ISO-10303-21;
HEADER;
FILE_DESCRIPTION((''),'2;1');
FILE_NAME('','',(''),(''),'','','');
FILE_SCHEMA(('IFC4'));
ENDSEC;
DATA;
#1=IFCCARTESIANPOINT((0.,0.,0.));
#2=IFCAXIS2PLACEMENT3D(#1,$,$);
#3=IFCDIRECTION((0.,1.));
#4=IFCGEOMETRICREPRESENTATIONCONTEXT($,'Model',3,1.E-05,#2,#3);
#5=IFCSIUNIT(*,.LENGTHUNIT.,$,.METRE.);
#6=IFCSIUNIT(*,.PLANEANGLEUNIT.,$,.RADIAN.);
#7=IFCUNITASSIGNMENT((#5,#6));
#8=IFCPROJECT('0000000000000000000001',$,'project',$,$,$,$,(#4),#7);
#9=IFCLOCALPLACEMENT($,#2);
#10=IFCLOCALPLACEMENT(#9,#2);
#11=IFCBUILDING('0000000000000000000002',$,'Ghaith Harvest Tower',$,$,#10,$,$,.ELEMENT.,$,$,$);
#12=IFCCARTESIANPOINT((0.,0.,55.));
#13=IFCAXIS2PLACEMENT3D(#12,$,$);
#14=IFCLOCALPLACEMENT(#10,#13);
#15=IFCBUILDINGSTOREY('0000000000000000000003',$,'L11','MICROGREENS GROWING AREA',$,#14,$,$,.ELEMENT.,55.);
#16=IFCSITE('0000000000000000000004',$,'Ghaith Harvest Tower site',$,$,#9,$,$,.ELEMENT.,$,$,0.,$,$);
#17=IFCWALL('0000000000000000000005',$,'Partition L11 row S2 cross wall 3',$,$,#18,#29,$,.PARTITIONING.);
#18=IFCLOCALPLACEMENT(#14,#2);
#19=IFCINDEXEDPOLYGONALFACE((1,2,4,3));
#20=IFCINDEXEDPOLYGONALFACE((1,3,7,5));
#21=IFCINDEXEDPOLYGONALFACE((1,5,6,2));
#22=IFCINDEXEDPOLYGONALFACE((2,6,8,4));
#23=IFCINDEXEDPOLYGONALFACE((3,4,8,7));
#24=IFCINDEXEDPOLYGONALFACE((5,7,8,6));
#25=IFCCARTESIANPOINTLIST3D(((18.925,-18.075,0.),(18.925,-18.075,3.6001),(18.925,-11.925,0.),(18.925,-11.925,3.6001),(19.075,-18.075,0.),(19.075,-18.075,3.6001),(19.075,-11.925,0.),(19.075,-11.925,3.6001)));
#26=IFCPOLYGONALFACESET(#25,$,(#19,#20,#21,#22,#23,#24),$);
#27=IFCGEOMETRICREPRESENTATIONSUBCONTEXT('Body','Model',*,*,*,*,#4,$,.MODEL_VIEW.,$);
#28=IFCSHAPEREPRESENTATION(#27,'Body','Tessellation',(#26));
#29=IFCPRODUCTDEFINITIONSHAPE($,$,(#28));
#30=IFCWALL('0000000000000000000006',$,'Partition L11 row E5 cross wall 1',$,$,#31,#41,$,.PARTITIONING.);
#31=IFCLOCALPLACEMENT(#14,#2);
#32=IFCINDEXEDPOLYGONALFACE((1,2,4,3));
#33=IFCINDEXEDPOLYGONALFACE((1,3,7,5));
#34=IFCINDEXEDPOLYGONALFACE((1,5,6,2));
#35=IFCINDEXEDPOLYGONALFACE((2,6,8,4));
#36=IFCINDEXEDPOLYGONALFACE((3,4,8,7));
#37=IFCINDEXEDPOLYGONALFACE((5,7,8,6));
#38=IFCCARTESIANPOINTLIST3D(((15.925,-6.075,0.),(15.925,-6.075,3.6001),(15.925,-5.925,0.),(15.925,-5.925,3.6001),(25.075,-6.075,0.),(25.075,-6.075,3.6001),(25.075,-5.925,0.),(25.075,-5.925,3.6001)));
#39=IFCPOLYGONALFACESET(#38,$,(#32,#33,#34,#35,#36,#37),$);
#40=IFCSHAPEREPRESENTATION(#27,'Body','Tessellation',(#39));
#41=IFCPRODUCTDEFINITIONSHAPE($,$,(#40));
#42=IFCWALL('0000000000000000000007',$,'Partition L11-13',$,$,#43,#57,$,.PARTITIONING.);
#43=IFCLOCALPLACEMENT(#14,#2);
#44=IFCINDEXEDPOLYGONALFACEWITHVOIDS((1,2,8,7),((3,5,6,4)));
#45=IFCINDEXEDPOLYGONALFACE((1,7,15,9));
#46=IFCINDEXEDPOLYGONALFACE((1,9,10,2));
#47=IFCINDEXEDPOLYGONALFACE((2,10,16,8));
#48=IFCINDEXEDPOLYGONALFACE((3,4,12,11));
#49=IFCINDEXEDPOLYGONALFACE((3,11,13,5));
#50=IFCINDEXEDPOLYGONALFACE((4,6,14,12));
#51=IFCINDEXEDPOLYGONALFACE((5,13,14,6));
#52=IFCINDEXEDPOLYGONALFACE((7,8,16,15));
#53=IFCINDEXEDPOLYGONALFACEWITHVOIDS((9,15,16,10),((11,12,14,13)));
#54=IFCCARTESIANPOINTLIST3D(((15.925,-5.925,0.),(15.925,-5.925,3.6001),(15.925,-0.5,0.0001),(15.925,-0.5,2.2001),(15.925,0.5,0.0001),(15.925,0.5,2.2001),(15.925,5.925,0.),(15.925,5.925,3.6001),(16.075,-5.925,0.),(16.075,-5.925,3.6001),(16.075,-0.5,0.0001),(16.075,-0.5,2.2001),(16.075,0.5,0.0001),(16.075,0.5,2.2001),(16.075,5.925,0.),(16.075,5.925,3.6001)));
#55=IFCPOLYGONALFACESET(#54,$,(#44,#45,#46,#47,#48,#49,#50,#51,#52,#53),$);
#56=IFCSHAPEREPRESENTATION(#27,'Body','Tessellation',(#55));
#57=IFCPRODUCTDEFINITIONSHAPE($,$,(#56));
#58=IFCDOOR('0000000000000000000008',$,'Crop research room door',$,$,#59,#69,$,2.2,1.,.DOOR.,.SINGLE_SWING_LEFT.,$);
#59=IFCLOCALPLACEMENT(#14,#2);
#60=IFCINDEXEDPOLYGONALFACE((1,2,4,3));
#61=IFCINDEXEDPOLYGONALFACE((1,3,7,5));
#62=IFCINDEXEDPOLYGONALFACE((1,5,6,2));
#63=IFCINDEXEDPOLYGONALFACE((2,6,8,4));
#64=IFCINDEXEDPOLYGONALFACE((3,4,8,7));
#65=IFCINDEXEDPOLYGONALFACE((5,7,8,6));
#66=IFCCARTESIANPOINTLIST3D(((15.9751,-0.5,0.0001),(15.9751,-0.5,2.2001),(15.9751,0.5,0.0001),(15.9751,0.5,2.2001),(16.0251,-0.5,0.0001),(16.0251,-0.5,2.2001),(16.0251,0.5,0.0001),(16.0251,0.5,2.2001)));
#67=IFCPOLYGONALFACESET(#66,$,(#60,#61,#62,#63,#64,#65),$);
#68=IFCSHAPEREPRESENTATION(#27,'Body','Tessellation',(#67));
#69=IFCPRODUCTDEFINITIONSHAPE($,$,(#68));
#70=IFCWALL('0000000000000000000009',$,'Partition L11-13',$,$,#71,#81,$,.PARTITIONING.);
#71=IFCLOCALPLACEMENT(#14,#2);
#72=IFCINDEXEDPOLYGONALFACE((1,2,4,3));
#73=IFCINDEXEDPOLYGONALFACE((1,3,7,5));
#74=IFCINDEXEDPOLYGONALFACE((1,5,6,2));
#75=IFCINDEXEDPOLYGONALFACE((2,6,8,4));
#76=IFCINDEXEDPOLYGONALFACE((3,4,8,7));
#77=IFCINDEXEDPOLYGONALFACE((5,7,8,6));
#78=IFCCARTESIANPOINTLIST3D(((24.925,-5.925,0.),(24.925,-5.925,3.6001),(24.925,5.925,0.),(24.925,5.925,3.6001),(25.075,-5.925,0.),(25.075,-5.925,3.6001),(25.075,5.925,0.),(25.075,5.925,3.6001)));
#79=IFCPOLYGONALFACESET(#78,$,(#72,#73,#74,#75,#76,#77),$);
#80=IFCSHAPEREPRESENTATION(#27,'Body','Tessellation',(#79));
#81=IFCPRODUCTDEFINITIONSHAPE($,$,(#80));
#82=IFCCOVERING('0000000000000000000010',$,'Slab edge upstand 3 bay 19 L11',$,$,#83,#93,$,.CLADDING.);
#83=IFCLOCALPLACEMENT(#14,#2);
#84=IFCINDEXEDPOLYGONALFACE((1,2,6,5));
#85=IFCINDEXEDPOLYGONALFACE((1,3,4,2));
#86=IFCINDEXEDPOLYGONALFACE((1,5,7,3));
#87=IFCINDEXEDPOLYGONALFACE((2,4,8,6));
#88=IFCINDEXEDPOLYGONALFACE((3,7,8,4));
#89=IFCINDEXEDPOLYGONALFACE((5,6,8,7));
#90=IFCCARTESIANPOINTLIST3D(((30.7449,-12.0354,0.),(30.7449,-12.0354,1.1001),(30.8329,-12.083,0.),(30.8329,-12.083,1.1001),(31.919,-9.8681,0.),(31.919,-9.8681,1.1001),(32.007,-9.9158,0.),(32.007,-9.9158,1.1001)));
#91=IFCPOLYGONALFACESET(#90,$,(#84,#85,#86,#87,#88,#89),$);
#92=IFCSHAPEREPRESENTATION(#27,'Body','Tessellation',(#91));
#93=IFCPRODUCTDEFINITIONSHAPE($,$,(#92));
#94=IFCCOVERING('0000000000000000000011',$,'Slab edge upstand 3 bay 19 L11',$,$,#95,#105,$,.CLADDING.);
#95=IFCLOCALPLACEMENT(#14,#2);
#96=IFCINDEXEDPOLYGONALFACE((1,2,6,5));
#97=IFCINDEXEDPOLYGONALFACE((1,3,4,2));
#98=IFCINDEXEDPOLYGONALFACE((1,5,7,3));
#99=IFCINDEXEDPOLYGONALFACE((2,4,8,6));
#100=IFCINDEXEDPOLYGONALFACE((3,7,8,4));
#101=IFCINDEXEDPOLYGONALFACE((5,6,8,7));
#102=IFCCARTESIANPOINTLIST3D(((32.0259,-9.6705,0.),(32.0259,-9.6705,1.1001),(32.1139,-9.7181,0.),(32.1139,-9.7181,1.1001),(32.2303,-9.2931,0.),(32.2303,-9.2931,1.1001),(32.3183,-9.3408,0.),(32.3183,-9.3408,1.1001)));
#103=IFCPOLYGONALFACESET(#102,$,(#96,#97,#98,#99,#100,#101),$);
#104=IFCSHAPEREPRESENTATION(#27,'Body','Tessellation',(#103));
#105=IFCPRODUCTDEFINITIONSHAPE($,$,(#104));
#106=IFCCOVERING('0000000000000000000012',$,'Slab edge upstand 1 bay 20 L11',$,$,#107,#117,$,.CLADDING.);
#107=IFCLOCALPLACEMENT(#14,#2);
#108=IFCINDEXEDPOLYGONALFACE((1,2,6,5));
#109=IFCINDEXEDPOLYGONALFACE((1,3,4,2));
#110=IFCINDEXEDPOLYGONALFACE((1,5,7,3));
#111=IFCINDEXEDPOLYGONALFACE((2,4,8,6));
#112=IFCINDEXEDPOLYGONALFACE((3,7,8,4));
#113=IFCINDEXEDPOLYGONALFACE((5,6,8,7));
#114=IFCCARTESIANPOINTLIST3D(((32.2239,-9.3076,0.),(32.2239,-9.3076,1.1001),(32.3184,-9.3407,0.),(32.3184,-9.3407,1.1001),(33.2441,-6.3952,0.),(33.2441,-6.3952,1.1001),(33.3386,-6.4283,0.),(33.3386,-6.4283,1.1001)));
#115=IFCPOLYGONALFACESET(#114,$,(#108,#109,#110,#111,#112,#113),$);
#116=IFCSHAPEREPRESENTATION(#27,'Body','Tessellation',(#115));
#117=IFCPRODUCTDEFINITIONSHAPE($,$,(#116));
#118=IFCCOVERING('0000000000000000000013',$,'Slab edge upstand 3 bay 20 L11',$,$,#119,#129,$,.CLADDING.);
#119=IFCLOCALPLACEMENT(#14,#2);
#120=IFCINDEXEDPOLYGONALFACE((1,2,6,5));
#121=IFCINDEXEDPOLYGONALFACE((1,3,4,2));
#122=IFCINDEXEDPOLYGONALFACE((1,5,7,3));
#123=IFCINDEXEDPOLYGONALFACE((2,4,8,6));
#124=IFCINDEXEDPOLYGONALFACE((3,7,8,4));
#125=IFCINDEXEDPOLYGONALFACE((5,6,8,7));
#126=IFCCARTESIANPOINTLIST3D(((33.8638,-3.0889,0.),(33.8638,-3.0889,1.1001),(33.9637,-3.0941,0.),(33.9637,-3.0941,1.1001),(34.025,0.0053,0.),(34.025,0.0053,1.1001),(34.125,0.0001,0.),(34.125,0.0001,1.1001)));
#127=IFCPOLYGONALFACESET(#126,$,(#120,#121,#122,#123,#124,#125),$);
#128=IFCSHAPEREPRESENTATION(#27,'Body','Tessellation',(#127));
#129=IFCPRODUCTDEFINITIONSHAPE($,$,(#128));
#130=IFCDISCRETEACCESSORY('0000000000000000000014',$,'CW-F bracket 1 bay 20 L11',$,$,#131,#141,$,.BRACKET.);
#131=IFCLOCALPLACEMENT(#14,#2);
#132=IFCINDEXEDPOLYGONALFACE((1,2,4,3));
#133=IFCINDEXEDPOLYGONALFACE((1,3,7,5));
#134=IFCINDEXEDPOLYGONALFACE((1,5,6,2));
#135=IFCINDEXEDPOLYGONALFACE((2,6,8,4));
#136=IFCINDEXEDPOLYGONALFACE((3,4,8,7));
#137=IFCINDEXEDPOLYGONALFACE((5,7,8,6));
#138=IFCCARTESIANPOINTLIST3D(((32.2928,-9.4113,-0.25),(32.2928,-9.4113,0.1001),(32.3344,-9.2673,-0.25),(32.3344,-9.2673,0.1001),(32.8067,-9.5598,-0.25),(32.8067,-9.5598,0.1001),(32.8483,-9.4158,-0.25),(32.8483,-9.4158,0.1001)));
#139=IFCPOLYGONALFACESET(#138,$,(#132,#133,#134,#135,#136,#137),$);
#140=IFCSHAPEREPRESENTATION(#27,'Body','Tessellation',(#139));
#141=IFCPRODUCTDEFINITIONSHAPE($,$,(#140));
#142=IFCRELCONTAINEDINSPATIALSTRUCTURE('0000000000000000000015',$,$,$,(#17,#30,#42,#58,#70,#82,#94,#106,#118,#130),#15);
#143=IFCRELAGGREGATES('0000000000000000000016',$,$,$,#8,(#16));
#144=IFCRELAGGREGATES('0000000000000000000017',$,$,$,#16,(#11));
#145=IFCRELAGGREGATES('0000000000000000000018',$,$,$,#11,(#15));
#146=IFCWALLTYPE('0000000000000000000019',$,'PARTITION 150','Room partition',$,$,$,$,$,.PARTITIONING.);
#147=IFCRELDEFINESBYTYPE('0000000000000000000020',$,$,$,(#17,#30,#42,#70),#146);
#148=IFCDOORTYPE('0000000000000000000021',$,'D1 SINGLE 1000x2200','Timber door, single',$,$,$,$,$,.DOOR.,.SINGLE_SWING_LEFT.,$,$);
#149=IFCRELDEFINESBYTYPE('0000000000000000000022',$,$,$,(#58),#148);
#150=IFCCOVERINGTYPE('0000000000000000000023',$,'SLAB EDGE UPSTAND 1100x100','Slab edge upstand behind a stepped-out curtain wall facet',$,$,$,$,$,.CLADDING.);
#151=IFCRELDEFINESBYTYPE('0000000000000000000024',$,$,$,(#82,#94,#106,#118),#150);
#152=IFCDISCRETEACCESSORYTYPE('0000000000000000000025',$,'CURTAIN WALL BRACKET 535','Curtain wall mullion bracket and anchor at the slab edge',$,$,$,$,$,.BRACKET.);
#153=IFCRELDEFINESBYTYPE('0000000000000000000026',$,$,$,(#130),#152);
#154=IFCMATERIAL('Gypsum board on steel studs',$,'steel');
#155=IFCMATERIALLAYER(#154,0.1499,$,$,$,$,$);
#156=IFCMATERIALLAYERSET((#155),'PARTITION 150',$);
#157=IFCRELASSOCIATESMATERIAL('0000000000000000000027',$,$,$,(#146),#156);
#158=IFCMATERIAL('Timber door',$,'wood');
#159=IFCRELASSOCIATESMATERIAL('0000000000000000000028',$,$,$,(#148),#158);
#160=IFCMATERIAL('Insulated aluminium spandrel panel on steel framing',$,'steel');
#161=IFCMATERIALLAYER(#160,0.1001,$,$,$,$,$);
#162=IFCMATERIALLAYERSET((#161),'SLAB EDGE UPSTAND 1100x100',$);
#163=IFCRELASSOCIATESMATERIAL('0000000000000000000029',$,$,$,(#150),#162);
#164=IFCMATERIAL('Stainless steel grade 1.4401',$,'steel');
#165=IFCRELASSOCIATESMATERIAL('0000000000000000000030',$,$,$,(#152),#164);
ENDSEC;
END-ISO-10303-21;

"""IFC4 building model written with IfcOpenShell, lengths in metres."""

from ifc_helpers import new_model, si_unit, direction, frame, frame_2d, origin, origin_2d, place, context, subcontext, project, spatial, rectangle, extrude, material, layer, layer_set, type_object, element, fill, save


model = new_model("IFC4")

# Units and contexts
model_context = context("Model", 3, precision=1e-05, world=origin(), true_north=direction((0.0, 1.0)))
body_context = subcontext(model_context, "Body", "Model", "MODEL_VIEW")
ifc_project = project(units=[si_unit("LENGTHUNIT", "METRE"), si_unit("PLANEANGLEUNIT", "RADIAN")], contexts=[model_context])

# Site, building, storey
site_placement = place(None, origin())
site = spatial("IfcSite", under=ifc_project, at=site_placement, Name="Ghaith Harvest Tower site", CompositionType="ELEMENT", RefElevation=0.0)
building_placement = place(site_placement, origin())
building = spatial("IfcBuilding", under=site, at=building_placement, Name="Ghaith Harvest Tower", CompositionType="ELEMENT")
storey_placement = place(building_placement, frame((0.0, 0.0, 55.0)))
storey = spatial("IfcBuildingStorey", under=building, at=storey_placement, Name="L11", Description="MICROGREENS GROWING AREA", CompositionType="ELEMENT", Elevation=55.0)

# Walls
ifc_material_1 = material(Name="Gypsum board on steel studs", Category="steel")
ifc_layer_1 = layer(ifc_material_1, 0.1499)
ifc_layer_set_1 = layer_set([ifc_layer_1], Name="PARTITION 150")
wall_type = type_object("IfcWallType", Name="PARTITION 150", Description="Room partition", PredefinedType="PARTITIONING", material=ifc_layer_set_1)
wall_1_placement = place(storey_placement, frame((19.0, -11.925, 0.0), z_axis=(0.0, 0.0, 1.0), x_axis=(0.0, -1.0, 0.0)))
element("IfcWall", 1, at=wall_1_placement, inside=storey, type_object=wall_type, Name="Partition L11 row S2 cross wall 3", PredefinedType="PARTITIONING", context=body_context, shape_type="SweptSolid", body=[
    extrude(rectangle(XDim=6.1499, YDim=0.1499, at=frame_2d((3.075, 0.0))), origin(), (0.0, 0.0, 1.0), 3.6001),
])
wall_2_placement = place(storey_placement, frame((15.925, -6.0, 0.0), z_axis=(0.0, 0.0, 1.0), x_axis=(1.0, 0.0, 0.0)))
element("IfcWall", 2, at=wall_2_placement, inside=storey, type_object=wall_type, Name="Partition L11 row E5 cross wall 1", PredefinedType="PARTITIONING", context=body_context, shape_type="SweptSolid", body=[
    extrude(rectangle(XDim=9.1499, YDim=0.1499, at=frame_2d((4.575, 0.0))), origin(), (0.0, 0.0, 1.0), 3.6001),
])

# Wall, opening, door
wall_3_placement = place(storey_placement, frame((16.0, -5.925, 0.0), z_axis=(0.0, 0.0, 1.0), x_axis=(0.0, 1.0, 0.0)))
wall_3 = element("IfcWall", 3, at=wall_3_placement, inside=storey, type_object=wall_type, Name="Partition L11-13", PredefinedType="PARTITIONING", context=body_context, shape_type="SweptSolid", body=[
    extrude(rectangle(XDim=11.8501, YDim=0.1499, at=frame_2d((5.925, 0.0))), origin(), (0.0, 0.0, 1.0), 3.6001),
])
opening_1_placement = place(wall_3_placement, frame((5.425, 0.0, 0.0)))
opening_1 = element("IfcOpeningElement", 4, at=opening_1_placement, cuts=wall_3, PredefinedType="OPENING", context=body_context, shape_type="SweptSolid", body=[
    extrude(rectangle(XDim=1.0, YDim=2.2, at=frame_2d((0.5, 1.1001))), frame((0.0, 0.085, 0.0), z_axis=(0.0, -1.0, 0.0), x_axis=(1.0, 0.0, 0.0)), (0.0, 0.0, 1.0), 0.1699),
])
ifc_material_2 = material(Name="Timber door", Category="wood")
door_type_1 = type_object("IfcDoorType", Name="D1 SINGLE 1000x2200", Description="Timber door, single", OperationType="SINGLE_SWING_LEFT", PredefinedType="DOOR", material=ifc_material_2)
door_1_placement = place(opening_1_placement, origin())
door_1 = element("IfcDoor", 5, at=door_1_placement, inside=storey, type_object=door_type_1, Name="Crop research room door", OperationType="SINGLE_SWING_LEFT", OverallHeight=2.2, OverallWidth=1.0, PredefinedType="DOOR", context=body_context, shape_type="SweptSolid", body=[
    extrude(rectangle(XDim=1.0, YDim=2.2, at=frame_2d((0.5, 1.1001))), frame((0.0, 0.0249, 0.0), z_axis=(0.0, -1.0, 0.0), x_axis=(1.0, 0.0, 0.0)), (0.0, 0.0, 1.0), 0.05),
])
fill(opening_1, door_1)

# Wall
wall_4_placement = place(storey_placement, frame((25.0, -5.925, 0.0), z_axis=(0.0, 0.0, 1.0), x_axis=(0.0, 1.0, 0.0)))
element("IfcWall", 6, at=wall_4_placement, inside=storey, type_object=wall_type, Name="Partition L11-13", PredefinedType="PARTITIONING", context=body_context, shape_type="SweptSolid", body=[
    extrude(rectangle(XDim=11.8501, YDim=0.1499, at=frame_2d((5.925, 0.0))), origin(), (0.0, 0.0, 1.0), 3.6001),
])

# Coverings
ifc_material_3 = material(Name="Insulated aluminium spandrel panel on steel framing", Category="steel")
ifc_layer_2 = layer(ifc_material_3, 0.1001)
ifc_layer_set_2 = layer_set([ifc_layer_2], Name="SLAB EDGE UPSTAND 1100x100")
covering_type = type_object("IfcCoveringType", Name="SLAB EDGE UPSTAND 1100x100", Description="Slab edge upstand behind a stepped-out curtain wall facet", PredefinedType="CLADDING", material=ifc_layer_set_2)
covering_1_placement = place(storey_placement, frame((31.376, -10.9756, 0.0), z_axis=(0.0, 0.0, 1.0), x_axis=(0.476349, 0.879256, 0.0)))
element("IfcCovering", 7, at=covering_1_placement, inside=storey, type_object=covering_type, Name="Slab edge upstand 3 bay 19 L11", PredefinedType="CLADDING", context=body_context, shape_type="SweptSolid", body=[
    extrude(rectangle(XDim=2.4648, YDim=0.1001, at=origin_2d()), origin(), (0.0, 0.0, 1.0), 1.1001),
])
covering_2_placement = place(storey_placement, frame((32.1721, -9.5056, 0.0), z_axis=(0.0, 0.0, 1.0), x_axis=(0.476349, 0.879256, 0.0)))
element("IfcCovering", 8, at=covering_2_placement, inside=storey, type_object=covering_type, Name="Slab edge upstand 3 bay 19 L11", PredefinedType="CLADDING", context=body_context, shape_type="SweptSolid", body=[
    extrude(rectangle(XDim=0.4292, YDim=0.1001, at=origin_2d()), origin(), (0.0, 0.0, 1.0), 1.1001),
])
covering_3_placement = place(storey_placement, frame((32.7812, -7.8679, 0.0), z_axis=(0.0, 0.0, 1.0), x_axis=(0.330598, 0.943772, 0.0)))
element("IfcCovering", 9, at=covering_3_placement, inside=storey, type_object=covering_type, Name="Slab edge upstand 1 bay 20 L11", PredefinedType="CLADDING", context=body_context, shape_type="SweptSolid", body=[
    extrude(rectangle(XDim=3.0859, YDim=0.1001, at=origin_2d()), origin(), (0.0, 0.0, 1.0), 1.1001),
])
covering_4_placement = place(storey_placement, frame((33.9944, -1.5444, 0.0), z_axis=(0.0, 0.0, 1.0), x_axis=(0.052049, 0.998645, 0.0)))
element("IfcCovering", 10, at=covering_4_placement, inside=storey, type_object=covering_type, Name="Slab edge upstand 3 bay 20 L11", PredefinedType="CLADDING", context=body_context, shape_type="SweptSolid", body=[
    extrude(rectangle(XDim=3.0984, YDim=0.1001, at=origin_2d()), origin(), (0.0, 0.0, 1.0), 1.1001),
])

# Discrete accessory
ifc_material_4 = material(Name="Stainless steel grade 1.4401", Category="steel")
discrete_accessory_type = type_object("IfcDiscreteAccessoryType", Name="CURTAIN WALL BRACKET 535", Description="Curtain wall mullion bracket and anchor at the slab edge", PredefinedType="BRACKET", material=ifc_material_4)
discrete_accessory_placement = place(storey_placement, frame((32.5706, -9.4136, -0.25), z_axis=(0.0, 0.0, 1.0), x_axis=(0.96068, -0.277657, 0.0)))
element("IfcDiscreteAccessory", 11, at=discrete_accessory_placement, inside=storey, type_object=discrete_accessory_type, Name="CW-F bracket 1 bay 20 L11", PredefinedType="BRACKET", context=body_context, shape_type="SweptSolid", body=[
    extrude(rectangle(XDim=0.5349, YDim=0.1499, at=origin_2d()), origin(), (0.0, 0.0, 1.0), 0.3501),
])

save(model, "model.ifc")
